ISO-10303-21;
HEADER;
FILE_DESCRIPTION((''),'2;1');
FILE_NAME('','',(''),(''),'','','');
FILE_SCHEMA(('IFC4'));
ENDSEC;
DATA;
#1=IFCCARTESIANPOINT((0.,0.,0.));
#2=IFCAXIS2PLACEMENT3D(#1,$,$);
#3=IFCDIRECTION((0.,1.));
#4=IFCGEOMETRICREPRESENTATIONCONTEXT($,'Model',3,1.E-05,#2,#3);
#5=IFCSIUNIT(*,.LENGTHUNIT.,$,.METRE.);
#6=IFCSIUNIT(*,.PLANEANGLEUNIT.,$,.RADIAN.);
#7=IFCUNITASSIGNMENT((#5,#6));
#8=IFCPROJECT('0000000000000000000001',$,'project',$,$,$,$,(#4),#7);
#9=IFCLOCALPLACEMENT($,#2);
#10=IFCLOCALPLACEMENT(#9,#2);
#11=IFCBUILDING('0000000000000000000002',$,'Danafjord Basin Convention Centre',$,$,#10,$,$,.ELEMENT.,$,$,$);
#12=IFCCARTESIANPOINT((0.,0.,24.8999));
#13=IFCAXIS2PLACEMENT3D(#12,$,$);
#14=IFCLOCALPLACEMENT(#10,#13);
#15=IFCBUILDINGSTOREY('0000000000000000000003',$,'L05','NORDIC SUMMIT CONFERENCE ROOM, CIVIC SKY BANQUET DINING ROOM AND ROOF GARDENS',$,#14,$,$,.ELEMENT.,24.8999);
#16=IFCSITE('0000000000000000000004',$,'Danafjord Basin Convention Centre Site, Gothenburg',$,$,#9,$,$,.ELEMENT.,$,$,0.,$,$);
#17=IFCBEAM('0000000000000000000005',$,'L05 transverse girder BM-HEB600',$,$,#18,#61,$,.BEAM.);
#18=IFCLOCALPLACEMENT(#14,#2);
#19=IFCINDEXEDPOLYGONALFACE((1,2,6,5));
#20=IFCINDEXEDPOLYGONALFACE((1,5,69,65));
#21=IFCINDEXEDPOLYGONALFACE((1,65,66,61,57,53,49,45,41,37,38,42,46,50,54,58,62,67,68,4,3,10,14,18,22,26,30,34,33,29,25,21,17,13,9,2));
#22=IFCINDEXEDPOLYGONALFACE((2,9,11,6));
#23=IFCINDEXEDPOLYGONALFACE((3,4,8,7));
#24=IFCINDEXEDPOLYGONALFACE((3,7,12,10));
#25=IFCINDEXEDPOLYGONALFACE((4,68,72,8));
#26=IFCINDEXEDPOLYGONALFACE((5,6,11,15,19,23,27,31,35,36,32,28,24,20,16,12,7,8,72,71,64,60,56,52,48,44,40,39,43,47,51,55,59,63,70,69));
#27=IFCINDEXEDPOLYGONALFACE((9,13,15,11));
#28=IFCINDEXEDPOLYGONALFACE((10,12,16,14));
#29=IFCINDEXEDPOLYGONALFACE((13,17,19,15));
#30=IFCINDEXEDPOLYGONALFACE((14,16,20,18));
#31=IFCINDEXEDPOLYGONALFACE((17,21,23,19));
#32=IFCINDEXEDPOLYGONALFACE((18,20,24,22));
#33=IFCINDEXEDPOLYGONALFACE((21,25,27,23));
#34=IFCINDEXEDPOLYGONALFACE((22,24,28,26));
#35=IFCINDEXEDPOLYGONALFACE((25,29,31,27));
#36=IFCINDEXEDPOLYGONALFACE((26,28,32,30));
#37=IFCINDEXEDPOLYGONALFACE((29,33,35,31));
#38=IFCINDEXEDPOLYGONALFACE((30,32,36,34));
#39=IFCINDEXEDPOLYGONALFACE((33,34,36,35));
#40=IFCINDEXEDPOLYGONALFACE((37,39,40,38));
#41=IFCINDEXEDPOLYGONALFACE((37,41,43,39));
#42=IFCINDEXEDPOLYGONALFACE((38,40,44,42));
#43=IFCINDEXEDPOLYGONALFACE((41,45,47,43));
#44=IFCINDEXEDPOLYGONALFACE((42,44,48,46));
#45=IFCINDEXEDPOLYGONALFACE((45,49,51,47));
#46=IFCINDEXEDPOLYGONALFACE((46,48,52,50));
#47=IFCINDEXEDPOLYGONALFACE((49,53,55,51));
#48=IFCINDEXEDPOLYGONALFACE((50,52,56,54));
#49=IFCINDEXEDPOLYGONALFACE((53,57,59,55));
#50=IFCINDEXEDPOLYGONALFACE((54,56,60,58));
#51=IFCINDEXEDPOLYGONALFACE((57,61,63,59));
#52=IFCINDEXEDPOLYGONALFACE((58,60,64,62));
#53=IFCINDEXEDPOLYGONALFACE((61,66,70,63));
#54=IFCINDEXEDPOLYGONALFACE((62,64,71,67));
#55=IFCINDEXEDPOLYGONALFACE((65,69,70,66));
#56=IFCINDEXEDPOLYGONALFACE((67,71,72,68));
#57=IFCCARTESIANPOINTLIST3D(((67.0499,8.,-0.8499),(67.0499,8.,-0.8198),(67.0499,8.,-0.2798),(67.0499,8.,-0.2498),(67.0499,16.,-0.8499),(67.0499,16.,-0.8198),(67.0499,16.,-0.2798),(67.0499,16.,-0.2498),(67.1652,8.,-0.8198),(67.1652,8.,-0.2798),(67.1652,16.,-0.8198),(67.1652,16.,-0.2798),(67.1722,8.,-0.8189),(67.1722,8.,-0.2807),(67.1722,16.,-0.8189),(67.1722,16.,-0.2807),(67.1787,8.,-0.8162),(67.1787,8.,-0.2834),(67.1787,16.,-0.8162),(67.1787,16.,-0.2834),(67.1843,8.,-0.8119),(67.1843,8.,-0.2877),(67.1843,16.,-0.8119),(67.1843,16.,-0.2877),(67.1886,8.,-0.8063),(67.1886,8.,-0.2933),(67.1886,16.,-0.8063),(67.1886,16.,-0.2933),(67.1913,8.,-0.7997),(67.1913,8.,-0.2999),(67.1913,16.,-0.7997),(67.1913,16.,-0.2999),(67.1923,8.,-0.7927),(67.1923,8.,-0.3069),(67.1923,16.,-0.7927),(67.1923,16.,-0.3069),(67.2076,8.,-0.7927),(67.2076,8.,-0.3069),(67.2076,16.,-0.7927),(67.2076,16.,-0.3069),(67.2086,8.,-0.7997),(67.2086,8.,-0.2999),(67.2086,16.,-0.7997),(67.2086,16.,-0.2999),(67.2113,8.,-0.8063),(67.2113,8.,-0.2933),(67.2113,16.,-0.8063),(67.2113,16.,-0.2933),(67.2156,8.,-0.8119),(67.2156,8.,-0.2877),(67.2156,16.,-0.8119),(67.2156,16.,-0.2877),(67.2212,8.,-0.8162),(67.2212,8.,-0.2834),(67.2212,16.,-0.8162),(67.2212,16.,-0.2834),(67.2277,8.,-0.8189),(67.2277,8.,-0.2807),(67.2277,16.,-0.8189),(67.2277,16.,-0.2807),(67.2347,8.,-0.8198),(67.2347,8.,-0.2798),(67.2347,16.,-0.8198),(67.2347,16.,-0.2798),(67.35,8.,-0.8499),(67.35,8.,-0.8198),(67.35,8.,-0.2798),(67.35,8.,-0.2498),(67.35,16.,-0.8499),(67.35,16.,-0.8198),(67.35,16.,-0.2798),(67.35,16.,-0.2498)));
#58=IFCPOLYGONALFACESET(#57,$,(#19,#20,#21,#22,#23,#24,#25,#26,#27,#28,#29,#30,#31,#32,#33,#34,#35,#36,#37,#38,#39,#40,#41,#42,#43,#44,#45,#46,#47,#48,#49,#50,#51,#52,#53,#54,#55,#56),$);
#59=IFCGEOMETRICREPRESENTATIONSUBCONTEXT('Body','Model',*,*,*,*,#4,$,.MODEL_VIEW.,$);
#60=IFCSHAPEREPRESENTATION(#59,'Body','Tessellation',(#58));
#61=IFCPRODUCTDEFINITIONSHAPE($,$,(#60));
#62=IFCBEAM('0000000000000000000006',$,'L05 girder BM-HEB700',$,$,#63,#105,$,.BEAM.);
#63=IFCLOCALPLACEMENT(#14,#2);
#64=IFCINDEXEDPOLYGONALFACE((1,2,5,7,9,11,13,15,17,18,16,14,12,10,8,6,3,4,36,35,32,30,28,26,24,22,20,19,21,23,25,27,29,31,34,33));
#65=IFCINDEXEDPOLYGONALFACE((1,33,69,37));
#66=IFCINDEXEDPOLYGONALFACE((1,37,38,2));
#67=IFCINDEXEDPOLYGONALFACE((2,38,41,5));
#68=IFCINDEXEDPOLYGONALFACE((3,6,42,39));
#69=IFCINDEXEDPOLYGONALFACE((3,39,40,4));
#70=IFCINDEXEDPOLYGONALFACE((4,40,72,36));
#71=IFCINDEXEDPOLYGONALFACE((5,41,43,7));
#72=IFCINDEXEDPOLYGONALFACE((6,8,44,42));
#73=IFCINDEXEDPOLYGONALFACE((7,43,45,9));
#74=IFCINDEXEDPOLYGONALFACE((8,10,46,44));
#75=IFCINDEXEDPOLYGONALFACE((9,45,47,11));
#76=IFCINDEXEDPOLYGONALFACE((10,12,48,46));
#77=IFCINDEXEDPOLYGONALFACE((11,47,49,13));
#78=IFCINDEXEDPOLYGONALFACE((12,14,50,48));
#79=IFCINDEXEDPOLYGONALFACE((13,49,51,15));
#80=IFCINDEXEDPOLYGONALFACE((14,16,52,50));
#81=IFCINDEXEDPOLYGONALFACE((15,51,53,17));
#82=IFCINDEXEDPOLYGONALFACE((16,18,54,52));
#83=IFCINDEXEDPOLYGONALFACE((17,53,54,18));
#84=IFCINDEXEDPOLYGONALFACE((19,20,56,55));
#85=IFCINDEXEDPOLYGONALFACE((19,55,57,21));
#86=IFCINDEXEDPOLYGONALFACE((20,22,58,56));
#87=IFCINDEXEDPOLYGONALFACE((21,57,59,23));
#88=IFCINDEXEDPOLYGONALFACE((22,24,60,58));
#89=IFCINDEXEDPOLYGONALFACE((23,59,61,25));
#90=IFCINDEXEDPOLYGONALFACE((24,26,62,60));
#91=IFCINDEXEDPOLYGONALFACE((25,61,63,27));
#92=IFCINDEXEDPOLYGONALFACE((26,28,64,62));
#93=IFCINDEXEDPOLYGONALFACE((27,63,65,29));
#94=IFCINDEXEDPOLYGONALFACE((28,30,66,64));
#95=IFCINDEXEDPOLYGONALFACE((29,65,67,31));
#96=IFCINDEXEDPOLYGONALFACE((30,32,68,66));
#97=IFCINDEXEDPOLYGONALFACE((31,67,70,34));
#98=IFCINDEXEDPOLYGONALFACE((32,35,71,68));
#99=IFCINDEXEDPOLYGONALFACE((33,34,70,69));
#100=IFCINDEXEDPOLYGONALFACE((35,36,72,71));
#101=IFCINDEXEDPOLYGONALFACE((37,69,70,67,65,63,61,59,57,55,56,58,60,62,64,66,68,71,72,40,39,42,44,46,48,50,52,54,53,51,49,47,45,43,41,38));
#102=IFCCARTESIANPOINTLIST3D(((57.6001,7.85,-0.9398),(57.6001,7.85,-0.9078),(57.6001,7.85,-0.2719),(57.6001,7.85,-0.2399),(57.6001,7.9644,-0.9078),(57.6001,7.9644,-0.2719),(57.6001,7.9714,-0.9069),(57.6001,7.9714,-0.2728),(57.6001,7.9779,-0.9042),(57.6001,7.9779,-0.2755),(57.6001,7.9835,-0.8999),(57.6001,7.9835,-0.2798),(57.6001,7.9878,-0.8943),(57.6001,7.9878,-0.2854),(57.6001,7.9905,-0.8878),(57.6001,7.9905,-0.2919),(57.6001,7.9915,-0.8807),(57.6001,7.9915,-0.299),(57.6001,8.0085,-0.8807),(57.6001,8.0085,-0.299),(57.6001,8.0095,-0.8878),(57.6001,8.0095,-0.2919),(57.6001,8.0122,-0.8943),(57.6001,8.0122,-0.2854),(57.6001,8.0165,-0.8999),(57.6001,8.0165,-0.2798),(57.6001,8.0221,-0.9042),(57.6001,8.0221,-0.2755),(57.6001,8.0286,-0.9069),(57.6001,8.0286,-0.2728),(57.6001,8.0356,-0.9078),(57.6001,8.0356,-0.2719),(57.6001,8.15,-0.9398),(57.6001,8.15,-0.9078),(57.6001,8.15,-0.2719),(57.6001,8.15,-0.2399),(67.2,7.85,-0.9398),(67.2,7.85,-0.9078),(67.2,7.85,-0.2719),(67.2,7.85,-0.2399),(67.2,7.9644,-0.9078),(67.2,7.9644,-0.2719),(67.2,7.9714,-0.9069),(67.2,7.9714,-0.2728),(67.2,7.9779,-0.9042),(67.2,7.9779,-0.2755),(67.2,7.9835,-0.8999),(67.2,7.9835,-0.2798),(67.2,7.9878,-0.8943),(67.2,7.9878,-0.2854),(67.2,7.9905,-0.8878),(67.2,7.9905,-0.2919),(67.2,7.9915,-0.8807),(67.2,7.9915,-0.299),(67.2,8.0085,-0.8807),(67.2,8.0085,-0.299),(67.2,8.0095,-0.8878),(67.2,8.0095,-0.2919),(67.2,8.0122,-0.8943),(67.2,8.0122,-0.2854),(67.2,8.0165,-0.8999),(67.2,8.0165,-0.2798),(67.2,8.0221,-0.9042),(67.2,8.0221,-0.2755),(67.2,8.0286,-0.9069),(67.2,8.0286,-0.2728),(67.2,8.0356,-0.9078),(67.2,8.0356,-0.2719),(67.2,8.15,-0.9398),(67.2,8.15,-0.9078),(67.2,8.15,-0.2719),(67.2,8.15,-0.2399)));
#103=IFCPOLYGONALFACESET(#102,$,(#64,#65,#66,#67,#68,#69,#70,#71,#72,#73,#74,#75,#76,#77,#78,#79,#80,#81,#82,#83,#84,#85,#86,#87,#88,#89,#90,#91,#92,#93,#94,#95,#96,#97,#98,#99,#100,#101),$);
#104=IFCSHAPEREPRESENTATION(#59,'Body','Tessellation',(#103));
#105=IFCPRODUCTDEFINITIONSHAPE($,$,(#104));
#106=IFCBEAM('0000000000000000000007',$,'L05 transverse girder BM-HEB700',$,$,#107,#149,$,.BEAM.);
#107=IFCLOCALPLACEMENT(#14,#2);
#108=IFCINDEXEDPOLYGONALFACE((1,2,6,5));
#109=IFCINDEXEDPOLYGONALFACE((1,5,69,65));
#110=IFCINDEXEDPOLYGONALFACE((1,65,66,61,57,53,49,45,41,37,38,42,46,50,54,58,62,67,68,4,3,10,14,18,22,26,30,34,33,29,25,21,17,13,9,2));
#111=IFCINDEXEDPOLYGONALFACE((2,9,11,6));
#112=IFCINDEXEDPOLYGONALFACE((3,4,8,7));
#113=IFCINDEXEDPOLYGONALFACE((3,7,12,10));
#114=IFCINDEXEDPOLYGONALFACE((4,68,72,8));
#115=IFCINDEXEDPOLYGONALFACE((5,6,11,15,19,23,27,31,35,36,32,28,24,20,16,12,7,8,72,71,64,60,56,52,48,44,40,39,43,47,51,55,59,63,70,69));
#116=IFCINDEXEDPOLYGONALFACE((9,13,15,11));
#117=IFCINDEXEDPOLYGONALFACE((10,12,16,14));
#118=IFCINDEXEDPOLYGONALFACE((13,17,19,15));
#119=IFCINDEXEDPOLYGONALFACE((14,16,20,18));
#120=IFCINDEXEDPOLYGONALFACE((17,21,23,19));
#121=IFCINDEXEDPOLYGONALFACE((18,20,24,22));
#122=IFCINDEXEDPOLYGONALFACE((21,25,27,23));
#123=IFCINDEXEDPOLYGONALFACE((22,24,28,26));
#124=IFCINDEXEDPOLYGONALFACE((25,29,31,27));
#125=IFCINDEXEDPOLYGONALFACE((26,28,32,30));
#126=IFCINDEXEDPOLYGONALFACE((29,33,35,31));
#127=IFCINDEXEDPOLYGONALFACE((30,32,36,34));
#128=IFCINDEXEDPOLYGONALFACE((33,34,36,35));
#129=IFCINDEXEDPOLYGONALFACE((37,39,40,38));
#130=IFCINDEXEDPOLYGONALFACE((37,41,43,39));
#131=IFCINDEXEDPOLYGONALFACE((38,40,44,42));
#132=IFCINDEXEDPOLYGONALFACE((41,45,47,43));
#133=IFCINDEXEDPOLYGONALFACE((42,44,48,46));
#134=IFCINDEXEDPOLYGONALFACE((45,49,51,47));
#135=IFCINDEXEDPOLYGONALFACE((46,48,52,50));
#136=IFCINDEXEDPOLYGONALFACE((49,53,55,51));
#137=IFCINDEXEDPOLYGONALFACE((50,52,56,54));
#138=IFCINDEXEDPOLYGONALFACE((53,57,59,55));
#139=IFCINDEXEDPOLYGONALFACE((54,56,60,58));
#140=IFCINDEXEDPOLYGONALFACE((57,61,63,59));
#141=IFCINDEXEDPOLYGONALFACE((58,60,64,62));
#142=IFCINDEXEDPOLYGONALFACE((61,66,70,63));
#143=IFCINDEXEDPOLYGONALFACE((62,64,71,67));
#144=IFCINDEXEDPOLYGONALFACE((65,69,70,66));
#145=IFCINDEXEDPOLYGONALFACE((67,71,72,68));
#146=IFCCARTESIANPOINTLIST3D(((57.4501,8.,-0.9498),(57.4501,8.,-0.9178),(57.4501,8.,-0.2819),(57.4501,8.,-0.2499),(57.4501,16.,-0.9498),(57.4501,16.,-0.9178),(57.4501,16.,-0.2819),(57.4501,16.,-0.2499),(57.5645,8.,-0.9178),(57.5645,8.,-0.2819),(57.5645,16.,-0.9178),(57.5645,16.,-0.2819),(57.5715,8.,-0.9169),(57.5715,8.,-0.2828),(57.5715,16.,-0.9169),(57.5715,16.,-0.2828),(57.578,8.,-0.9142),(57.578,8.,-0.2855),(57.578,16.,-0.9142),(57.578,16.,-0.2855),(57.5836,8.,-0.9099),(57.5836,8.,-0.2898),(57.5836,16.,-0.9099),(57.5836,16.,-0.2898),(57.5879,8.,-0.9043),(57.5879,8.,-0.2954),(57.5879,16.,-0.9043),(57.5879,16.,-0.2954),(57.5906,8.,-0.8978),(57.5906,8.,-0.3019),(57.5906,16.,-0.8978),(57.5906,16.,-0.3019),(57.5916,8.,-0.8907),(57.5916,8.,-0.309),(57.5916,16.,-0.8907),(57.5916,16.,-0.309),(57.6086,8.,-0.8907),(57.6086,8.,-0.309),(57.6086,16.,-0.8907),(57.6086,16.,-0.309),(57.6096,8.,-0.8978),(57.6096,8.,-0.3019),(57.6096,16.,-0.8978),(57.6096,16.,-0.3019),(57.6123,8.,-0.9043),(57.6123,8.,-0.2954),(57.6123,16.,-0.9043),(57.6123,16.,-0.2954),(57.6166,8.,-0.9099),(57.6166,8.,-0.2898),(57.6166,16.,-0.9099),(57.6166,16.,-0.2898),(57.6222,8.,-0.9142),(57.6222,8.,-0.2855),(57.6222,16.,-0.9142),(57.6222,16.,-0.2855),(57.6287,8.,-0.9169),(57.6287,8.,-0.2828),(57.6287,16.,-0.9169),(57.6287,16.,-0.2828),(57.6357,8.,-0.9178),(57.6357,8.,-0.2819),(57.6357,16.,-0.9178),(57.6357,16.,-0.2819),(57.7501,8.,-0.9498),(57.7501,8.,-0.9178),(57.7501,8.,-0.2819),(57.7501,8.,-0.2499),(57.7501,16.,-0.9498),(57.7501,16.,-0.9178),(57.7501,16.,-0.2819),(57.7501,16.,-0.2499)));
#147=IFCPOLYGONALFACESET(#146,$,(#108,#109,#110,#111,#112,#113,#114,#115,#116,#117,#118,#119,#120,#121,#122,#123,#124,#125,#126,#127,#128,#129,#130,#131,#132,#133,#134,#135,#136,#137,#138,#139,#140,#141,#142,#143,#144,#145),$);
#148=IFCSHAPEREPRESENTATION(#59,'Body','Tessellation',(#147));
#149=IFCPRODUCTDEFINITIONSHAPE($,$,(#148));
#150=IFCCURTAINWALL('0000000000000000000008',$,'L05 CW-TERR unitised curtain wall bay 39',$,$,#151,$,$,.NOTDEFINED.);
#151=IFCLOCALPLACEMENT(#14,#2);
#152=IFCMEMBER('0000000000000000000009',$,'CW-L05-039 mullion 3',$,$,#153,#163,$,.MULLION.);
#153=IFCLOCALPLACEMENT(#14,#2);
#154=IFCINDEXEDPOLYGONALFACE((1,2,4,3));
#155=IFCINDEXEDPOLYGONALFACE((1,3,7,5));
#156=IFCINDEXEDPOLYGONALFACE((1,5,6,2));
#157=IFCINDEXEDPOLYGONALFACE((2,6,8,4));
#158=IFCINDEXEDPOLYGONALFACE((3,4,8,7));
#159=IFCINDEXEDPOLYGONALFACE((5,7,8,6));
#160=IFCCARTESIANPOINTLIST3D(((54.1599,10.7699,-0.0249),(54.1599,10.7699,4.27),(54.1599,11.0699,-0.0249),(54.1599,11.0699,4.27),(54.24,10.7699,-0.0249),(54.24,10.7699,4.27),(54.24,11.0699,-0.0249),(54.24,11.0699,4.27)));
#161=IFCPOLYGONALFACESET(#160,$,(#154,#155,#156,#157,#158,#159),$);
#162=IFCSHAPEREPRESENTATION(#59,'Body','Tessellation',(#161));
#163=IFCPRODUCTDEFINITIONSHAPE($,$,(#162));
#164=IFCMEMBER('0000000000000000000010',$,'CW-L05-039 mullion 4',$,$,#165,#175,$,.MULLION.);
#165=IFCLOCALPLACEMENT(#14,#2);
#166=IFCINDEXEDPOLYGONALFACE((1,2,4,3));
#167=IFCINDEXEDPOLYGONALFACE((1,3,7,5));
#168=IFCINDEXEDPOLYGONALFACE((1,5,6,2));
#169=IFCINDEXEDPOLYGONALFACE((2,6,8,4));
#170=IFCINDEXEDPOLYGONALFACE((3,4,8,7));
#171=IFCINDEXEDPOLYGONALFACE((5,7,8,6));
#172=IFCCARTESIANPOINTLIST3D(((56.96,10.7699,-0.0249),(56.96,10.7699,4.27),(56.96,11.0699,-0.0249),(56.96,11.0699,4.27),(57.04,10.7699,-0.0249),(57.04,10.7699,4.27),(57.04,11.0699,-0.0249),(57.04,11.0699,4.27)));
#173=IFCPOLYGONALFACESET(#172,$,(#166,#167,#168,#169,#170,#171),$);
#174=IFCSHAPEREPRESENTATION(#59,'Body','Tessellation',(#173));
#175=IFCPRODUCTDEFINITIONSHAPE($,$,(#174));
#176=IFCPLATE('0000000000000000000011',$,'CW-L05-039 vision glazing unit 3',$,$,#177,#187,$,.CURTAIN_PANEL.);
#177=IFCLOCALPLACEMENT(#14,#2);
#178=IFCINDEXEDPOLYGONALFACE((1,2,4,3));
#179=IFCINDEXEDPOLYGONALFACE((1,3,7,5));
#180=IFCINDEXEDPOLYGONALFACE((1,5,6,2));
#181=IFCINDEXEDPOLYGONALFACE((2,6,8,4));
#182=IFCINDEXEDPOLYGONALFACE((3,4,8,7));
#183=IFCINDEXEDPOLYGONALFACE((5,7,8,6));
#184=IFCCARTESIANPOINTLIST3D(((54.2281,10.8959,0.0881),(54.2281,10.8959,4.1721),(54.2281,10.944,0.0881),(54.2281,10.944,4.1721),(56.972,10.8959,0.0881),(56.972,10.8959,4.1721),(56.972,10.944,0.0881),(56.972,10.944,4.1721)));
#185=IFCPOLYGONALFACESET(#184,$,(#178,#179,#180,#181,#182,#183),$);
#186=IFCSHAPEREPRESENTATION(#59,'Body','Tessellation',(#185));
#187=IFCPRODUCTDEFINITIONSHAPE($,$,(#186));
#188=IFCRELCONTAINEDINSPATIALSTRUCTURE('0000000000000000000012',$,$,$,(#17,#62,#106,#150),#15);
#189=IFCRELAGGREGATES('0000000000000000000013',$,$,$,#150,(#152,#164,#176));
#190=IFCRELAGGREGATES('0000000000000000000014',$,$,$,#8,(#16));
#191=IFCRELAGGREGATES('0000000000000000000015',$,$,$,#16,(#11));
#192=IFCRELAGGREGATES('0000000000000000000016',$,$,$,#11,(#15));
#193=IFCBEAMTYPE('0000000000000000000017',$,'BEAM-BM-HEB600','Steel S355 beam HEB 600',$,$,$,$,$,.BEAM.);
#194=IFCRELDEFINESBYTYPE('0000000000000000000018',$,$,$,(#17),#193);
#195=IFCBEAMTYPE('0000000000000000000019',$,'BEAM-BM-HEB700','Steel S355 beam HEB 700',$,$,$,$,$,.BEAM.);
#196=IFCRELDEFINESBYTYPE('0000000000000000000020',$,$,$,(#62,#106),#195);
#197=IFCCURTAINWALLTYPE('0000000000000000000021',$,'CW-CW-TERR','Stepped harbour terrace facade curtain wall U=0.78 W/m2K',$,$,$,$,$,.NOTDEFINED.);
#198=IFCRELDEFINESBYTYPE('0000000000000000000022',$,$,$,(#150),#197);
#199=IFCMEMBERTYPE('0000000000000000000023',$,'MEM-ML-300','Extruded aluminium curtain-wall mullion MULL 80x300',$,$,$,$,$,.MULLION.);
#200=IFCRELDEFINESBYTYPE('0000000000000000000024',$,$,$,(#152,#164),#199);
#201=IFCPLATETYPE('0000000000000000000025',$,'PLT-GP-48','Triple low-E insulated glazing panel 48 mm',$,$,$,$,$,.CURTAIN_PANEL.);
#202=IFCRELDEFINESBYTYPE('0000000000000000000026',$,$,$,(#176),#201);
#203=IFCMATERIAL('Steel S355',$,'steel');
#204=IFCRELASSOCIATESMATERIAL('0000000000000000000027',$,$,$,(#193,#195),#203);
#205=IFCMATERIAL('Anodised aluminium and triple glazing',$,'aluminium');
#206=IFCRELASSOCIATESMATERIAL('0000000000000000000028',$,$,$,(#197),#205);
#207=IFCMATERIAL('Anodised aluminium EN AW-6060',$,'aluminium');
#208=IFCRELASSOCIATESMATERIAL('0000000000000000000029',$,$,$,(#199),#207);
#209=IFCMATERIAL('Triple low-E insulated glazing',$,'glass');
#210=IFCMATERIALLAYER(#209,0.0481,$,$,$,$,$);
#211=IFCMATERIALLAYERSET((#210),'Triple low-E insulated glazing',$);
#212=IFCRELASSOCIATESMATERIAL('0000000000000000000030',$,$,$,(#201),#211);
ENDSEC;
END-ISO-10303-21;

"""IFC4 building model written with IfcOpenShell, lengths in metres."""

from ifc_helpers import new_model, si_unit, direction, frame, origin, origin_2d, place, context, subcontext, project, spatial, rectangle, i_section, extrude, material, layer, layer_set, material_profile, profile_set, type_object, element, aggregate, save


model = new_model("IFC4")

# Units and contexts
model_context = context("Model", 3, precision=1e-05, world=origin(), true_north=direction((0.0, 1.0)))
body_context = subcontext(model_context, "Body", "Model", "MODEL_VIEW")
ifc_project = project(units=[si_unit("LENGTHUNIT", "METRE"), si_unit("PLANEANGLEUNIT", "RADIAN")], contexts=[model_context])

# Site, building, storey
site_placement = place(None, origin())
site = spatial("IfcSite", under=ifc_project, at=site_placement, Name="Danafjord Basin Convention Centre Site, Gothenburg", CompositionType="ELEMENT", RefElevation=0.0)
building_placement = place(site_placement, origin())
building = spatial("IfcBuilding", under=site, at=building_placement, Name="Danafjord Basin Convention Centre", CompositionType="ELEMENT")
storey_placement = place(building_placement, frame((0.0, 0.0, 24.8999)))
storey = spatial("IfcBuildingStorey", under=building, at=storey_placement, Name="L05", Description="NORDIC SUMMIT CONFERENCE ROOM, CIVIC SKY BANQUET DINING ROOM AND ROOF GARDENS", CompositionType="ELEMENT", Elevation=24.8999)

# Shared definitions
ifc_material_1 = material(Name="Steel S355", Category="steel")

# Beams
ifc_material_profile_1 = material_profile(ifc_material_1, i_section(OverallWidth=0.3, OverallDepth=0.6001, WebThickness=0.0154, FlangeThickness=0.03, FilletRadius=0.0271, at=origin_2d()), Name="HEB 600")
ifc_profile_set_1 = profile_set([ifc_material_profile_1], Name="Steel S355")
beam_type_1 = type_object("IfcBeamType", Name="BEAM-BM-HEB600", Description="Steel S355 beam HEB 600", PredefinedType="BEAM", material=ifc_profile_set_1)
beam_1_placement = place(storey_placement, frame((67.2, 8.0, -0.5498), z_axis=(0.0, 1.0, 0.0), x_axis=(-1.0, 0.0, 0.0)))
element("IfcBeam", 1, at=beam_1_placement, inside=storey, type_object=beam_type_1, Name="L05 transverse girder BM-HEB600", PredefinedType="BEAM", context=body_context, shape_type="SweptSolid", body=[
    extrude(i_section(OverallWidth=0.3, OverallDepth=0.6001, WebThickness=0.0154, FlangeThickness=0.03, FilletRadius=0.0271, at=origin_2d()), origin(), (0.0, 0.0, 1.0), 8.0),
])
ifc_material_profile_2 = material_profile(ifc_material_1, i_section(OverallWidth=0.3, OverallDepth=0.7, WebThickness=0.0171, FlangeThickness=0.032, FilletRadius=0.0271, at=origin_2d()), Name="HEB 700")
ifc_profile_set_2 = profile_set([ifc_material_profile_2], Name="Steel S355")
beam_type_2 = type_object("IfcBeamType", Name="BEAM-BM-HEB700", Description="Steel S355 beam HEB 700", PredefinedType="BEAM", material=ifc_profile_set_2)
beam_2_placement = place(storey_placement, frame((57.6001, 8.0, -0.5898), z_axis=(1.0, 0.0, 0.0), x_axis=(0.0, 1.0, 0.0)))
element("IfcBeam", 2, at=beam_2_placement, inside=storey, type_object=beam_type_2, Name="L05 girder BM-HEB700", PredefinedType="BEAM", context=body_context, shape_type="SweptSolid", body=[
    extrude(i_section(OverallWidth=0.3, OverallDepth=0.7, WebThickness=0.0171, FlangeThickness=0.032, FilletRadius=0.0271, at=origin_2d()), origin(), (0.0, 0.0, 1.0), 9.5999),
])
beam_3_placement = place(storey_placement, frame((57.6001, 8.0, -0.5999), z_axis=(0.0, 1.0, 0.0), x_axis=(-1.0, 0.0, 0.0)))
element("IfcBeam", 3, at=beam_3_placement, inside=storey, type_object=beam_type_2, Name="L05 transverse girder BM-HEB700", PredefinedType="BEAM", context=body_context, shape_type="SweptSolid", body=[
    extrude(i_section(OverallWidth=0.3, OverallDepth=0.7, WebThickness=0.0171, FlangeThickness=0.032, FilletRadius=0.0271, at=origin_2d()), origin(), (0.0, 0.0, 1.0), 8.0),
])

# Curtain wall, members, plate
ifc_material_2 = material(Name="Anodised aluminium and triple glazing", Category="aluminium")
curtain_wall_type = type_object("IfcCurtainWallType", Name="CW-CW-TERR", Description="Stepped harbour terrace facade curtain wall U=0.78 W/m2K", PredefinedType="NOTDEFINED", material=ifc_material_2)
curtain_wall_placement = place(storey_placement, origin())
curtain_wall = element("IfcCurtainWall", 4, at=curtain_wall_placement, inside=storey, type_object=curtain_wall_type, Name="L05 CW-TERR unitised curtain wall bay 39", PredefinedType="NOTDEFINED")
ifc_material_3 = material(Name="Anodised aluminium EN AW-6060", Category="aluminium")
ifc_material_profile_3 = material_profile(ifc_material_3, rectangle(XDim=0.0801, YDim=0.3, at=origin_2d()), Name="MULL 80x300")
ifc_profile_set_3 = profile_set([ifc_material_profile_3], Name="Anodised aluminium EN AW-6060")
member_type = type_object("IfcMemberType", Name="MEM-ML-300", Description="Extruded aluminium curtain-wall mullion MULL 80x300", PredefinedType="MULLION", material=ifc_profile_set_3)
member_1_placement = place(storey_placement, frame((54.2, 10.9199, -0.0249), z_axis=(0.0, 0.0, 1.0), x_axis=(1.0, 0.0, 0.0)))
member_1 = element("IfcMember", 5, at=member_1_placement, type_object=member_type, Name="CW-L05-039 mullion 3", PredefinedType="MULLION", context=body_context, shape_type="SweptSolid", body=[
    extrude(rectangle(XDim=0.0801, YDim=0.3, at=origin_2d()), origin(), (0.0, 0.0, 1.0), 4.2949),
])
member_2_placement = place(storey_placement, frame((57.0, 10.9199, -0.0249), z_axis=(0.0, 0.0, 1.0), x_axis=(1.0, 0.0, 0.0)))
member_2 = element("IfcMember", 6, at=member_2_placement, type_object=member_type, Name="CW-L05-039 mullion 4", PredefinedType="MULLION", context=body_context, shape_type="SweptSolid", body=[
    extrude(rectangle(XDim=0.0801, YDim=0.3, at=origin_2d()), origin(), (0.0, 0.0, 1.0), 4.2949),
])
ifc_material_4 = material(Name="Triple low-E insulated glazing", Category="glass")
ifc_layer_1 = layer(ifc_material_4, 0.0481)
ifc_layer_set_1 = layer_set([ifc_layer_1], Name="Triple low-E insulated glazing")
plate_type = type_object("IfcPlateType", Name="PLT-GP-48", Description="Triple low-E insulated glazing panel 48 mm", PredefinedType="CURTAIN_PANEL", material=ifc_layer_set_1)
plate_placement = place(storey_placement, frame((55.6001, 10.9199, 0.0881), z_axis=(0.0, 0.0, 1.0), x_axis=(1.0, 0.0, 0.0)))
plate = element("IfcPlate", 7, at=plate_placement, type_object=plate_type, Name="CW-L05-039 vision glazing unit 3", PredefinedType="CURTAIN_PANEL", context=body_context, shape_type="SweptSolid", body=[
    extrude(rectangle(XDim=2.7439, YDim=0.0481, at=origin_2d()), origin(), (0.0, 0.0, 1.0), 4.084),
])
aggregate(curtain_wall, [member_1, member_2, plate])

save(model, "model.ifc")
